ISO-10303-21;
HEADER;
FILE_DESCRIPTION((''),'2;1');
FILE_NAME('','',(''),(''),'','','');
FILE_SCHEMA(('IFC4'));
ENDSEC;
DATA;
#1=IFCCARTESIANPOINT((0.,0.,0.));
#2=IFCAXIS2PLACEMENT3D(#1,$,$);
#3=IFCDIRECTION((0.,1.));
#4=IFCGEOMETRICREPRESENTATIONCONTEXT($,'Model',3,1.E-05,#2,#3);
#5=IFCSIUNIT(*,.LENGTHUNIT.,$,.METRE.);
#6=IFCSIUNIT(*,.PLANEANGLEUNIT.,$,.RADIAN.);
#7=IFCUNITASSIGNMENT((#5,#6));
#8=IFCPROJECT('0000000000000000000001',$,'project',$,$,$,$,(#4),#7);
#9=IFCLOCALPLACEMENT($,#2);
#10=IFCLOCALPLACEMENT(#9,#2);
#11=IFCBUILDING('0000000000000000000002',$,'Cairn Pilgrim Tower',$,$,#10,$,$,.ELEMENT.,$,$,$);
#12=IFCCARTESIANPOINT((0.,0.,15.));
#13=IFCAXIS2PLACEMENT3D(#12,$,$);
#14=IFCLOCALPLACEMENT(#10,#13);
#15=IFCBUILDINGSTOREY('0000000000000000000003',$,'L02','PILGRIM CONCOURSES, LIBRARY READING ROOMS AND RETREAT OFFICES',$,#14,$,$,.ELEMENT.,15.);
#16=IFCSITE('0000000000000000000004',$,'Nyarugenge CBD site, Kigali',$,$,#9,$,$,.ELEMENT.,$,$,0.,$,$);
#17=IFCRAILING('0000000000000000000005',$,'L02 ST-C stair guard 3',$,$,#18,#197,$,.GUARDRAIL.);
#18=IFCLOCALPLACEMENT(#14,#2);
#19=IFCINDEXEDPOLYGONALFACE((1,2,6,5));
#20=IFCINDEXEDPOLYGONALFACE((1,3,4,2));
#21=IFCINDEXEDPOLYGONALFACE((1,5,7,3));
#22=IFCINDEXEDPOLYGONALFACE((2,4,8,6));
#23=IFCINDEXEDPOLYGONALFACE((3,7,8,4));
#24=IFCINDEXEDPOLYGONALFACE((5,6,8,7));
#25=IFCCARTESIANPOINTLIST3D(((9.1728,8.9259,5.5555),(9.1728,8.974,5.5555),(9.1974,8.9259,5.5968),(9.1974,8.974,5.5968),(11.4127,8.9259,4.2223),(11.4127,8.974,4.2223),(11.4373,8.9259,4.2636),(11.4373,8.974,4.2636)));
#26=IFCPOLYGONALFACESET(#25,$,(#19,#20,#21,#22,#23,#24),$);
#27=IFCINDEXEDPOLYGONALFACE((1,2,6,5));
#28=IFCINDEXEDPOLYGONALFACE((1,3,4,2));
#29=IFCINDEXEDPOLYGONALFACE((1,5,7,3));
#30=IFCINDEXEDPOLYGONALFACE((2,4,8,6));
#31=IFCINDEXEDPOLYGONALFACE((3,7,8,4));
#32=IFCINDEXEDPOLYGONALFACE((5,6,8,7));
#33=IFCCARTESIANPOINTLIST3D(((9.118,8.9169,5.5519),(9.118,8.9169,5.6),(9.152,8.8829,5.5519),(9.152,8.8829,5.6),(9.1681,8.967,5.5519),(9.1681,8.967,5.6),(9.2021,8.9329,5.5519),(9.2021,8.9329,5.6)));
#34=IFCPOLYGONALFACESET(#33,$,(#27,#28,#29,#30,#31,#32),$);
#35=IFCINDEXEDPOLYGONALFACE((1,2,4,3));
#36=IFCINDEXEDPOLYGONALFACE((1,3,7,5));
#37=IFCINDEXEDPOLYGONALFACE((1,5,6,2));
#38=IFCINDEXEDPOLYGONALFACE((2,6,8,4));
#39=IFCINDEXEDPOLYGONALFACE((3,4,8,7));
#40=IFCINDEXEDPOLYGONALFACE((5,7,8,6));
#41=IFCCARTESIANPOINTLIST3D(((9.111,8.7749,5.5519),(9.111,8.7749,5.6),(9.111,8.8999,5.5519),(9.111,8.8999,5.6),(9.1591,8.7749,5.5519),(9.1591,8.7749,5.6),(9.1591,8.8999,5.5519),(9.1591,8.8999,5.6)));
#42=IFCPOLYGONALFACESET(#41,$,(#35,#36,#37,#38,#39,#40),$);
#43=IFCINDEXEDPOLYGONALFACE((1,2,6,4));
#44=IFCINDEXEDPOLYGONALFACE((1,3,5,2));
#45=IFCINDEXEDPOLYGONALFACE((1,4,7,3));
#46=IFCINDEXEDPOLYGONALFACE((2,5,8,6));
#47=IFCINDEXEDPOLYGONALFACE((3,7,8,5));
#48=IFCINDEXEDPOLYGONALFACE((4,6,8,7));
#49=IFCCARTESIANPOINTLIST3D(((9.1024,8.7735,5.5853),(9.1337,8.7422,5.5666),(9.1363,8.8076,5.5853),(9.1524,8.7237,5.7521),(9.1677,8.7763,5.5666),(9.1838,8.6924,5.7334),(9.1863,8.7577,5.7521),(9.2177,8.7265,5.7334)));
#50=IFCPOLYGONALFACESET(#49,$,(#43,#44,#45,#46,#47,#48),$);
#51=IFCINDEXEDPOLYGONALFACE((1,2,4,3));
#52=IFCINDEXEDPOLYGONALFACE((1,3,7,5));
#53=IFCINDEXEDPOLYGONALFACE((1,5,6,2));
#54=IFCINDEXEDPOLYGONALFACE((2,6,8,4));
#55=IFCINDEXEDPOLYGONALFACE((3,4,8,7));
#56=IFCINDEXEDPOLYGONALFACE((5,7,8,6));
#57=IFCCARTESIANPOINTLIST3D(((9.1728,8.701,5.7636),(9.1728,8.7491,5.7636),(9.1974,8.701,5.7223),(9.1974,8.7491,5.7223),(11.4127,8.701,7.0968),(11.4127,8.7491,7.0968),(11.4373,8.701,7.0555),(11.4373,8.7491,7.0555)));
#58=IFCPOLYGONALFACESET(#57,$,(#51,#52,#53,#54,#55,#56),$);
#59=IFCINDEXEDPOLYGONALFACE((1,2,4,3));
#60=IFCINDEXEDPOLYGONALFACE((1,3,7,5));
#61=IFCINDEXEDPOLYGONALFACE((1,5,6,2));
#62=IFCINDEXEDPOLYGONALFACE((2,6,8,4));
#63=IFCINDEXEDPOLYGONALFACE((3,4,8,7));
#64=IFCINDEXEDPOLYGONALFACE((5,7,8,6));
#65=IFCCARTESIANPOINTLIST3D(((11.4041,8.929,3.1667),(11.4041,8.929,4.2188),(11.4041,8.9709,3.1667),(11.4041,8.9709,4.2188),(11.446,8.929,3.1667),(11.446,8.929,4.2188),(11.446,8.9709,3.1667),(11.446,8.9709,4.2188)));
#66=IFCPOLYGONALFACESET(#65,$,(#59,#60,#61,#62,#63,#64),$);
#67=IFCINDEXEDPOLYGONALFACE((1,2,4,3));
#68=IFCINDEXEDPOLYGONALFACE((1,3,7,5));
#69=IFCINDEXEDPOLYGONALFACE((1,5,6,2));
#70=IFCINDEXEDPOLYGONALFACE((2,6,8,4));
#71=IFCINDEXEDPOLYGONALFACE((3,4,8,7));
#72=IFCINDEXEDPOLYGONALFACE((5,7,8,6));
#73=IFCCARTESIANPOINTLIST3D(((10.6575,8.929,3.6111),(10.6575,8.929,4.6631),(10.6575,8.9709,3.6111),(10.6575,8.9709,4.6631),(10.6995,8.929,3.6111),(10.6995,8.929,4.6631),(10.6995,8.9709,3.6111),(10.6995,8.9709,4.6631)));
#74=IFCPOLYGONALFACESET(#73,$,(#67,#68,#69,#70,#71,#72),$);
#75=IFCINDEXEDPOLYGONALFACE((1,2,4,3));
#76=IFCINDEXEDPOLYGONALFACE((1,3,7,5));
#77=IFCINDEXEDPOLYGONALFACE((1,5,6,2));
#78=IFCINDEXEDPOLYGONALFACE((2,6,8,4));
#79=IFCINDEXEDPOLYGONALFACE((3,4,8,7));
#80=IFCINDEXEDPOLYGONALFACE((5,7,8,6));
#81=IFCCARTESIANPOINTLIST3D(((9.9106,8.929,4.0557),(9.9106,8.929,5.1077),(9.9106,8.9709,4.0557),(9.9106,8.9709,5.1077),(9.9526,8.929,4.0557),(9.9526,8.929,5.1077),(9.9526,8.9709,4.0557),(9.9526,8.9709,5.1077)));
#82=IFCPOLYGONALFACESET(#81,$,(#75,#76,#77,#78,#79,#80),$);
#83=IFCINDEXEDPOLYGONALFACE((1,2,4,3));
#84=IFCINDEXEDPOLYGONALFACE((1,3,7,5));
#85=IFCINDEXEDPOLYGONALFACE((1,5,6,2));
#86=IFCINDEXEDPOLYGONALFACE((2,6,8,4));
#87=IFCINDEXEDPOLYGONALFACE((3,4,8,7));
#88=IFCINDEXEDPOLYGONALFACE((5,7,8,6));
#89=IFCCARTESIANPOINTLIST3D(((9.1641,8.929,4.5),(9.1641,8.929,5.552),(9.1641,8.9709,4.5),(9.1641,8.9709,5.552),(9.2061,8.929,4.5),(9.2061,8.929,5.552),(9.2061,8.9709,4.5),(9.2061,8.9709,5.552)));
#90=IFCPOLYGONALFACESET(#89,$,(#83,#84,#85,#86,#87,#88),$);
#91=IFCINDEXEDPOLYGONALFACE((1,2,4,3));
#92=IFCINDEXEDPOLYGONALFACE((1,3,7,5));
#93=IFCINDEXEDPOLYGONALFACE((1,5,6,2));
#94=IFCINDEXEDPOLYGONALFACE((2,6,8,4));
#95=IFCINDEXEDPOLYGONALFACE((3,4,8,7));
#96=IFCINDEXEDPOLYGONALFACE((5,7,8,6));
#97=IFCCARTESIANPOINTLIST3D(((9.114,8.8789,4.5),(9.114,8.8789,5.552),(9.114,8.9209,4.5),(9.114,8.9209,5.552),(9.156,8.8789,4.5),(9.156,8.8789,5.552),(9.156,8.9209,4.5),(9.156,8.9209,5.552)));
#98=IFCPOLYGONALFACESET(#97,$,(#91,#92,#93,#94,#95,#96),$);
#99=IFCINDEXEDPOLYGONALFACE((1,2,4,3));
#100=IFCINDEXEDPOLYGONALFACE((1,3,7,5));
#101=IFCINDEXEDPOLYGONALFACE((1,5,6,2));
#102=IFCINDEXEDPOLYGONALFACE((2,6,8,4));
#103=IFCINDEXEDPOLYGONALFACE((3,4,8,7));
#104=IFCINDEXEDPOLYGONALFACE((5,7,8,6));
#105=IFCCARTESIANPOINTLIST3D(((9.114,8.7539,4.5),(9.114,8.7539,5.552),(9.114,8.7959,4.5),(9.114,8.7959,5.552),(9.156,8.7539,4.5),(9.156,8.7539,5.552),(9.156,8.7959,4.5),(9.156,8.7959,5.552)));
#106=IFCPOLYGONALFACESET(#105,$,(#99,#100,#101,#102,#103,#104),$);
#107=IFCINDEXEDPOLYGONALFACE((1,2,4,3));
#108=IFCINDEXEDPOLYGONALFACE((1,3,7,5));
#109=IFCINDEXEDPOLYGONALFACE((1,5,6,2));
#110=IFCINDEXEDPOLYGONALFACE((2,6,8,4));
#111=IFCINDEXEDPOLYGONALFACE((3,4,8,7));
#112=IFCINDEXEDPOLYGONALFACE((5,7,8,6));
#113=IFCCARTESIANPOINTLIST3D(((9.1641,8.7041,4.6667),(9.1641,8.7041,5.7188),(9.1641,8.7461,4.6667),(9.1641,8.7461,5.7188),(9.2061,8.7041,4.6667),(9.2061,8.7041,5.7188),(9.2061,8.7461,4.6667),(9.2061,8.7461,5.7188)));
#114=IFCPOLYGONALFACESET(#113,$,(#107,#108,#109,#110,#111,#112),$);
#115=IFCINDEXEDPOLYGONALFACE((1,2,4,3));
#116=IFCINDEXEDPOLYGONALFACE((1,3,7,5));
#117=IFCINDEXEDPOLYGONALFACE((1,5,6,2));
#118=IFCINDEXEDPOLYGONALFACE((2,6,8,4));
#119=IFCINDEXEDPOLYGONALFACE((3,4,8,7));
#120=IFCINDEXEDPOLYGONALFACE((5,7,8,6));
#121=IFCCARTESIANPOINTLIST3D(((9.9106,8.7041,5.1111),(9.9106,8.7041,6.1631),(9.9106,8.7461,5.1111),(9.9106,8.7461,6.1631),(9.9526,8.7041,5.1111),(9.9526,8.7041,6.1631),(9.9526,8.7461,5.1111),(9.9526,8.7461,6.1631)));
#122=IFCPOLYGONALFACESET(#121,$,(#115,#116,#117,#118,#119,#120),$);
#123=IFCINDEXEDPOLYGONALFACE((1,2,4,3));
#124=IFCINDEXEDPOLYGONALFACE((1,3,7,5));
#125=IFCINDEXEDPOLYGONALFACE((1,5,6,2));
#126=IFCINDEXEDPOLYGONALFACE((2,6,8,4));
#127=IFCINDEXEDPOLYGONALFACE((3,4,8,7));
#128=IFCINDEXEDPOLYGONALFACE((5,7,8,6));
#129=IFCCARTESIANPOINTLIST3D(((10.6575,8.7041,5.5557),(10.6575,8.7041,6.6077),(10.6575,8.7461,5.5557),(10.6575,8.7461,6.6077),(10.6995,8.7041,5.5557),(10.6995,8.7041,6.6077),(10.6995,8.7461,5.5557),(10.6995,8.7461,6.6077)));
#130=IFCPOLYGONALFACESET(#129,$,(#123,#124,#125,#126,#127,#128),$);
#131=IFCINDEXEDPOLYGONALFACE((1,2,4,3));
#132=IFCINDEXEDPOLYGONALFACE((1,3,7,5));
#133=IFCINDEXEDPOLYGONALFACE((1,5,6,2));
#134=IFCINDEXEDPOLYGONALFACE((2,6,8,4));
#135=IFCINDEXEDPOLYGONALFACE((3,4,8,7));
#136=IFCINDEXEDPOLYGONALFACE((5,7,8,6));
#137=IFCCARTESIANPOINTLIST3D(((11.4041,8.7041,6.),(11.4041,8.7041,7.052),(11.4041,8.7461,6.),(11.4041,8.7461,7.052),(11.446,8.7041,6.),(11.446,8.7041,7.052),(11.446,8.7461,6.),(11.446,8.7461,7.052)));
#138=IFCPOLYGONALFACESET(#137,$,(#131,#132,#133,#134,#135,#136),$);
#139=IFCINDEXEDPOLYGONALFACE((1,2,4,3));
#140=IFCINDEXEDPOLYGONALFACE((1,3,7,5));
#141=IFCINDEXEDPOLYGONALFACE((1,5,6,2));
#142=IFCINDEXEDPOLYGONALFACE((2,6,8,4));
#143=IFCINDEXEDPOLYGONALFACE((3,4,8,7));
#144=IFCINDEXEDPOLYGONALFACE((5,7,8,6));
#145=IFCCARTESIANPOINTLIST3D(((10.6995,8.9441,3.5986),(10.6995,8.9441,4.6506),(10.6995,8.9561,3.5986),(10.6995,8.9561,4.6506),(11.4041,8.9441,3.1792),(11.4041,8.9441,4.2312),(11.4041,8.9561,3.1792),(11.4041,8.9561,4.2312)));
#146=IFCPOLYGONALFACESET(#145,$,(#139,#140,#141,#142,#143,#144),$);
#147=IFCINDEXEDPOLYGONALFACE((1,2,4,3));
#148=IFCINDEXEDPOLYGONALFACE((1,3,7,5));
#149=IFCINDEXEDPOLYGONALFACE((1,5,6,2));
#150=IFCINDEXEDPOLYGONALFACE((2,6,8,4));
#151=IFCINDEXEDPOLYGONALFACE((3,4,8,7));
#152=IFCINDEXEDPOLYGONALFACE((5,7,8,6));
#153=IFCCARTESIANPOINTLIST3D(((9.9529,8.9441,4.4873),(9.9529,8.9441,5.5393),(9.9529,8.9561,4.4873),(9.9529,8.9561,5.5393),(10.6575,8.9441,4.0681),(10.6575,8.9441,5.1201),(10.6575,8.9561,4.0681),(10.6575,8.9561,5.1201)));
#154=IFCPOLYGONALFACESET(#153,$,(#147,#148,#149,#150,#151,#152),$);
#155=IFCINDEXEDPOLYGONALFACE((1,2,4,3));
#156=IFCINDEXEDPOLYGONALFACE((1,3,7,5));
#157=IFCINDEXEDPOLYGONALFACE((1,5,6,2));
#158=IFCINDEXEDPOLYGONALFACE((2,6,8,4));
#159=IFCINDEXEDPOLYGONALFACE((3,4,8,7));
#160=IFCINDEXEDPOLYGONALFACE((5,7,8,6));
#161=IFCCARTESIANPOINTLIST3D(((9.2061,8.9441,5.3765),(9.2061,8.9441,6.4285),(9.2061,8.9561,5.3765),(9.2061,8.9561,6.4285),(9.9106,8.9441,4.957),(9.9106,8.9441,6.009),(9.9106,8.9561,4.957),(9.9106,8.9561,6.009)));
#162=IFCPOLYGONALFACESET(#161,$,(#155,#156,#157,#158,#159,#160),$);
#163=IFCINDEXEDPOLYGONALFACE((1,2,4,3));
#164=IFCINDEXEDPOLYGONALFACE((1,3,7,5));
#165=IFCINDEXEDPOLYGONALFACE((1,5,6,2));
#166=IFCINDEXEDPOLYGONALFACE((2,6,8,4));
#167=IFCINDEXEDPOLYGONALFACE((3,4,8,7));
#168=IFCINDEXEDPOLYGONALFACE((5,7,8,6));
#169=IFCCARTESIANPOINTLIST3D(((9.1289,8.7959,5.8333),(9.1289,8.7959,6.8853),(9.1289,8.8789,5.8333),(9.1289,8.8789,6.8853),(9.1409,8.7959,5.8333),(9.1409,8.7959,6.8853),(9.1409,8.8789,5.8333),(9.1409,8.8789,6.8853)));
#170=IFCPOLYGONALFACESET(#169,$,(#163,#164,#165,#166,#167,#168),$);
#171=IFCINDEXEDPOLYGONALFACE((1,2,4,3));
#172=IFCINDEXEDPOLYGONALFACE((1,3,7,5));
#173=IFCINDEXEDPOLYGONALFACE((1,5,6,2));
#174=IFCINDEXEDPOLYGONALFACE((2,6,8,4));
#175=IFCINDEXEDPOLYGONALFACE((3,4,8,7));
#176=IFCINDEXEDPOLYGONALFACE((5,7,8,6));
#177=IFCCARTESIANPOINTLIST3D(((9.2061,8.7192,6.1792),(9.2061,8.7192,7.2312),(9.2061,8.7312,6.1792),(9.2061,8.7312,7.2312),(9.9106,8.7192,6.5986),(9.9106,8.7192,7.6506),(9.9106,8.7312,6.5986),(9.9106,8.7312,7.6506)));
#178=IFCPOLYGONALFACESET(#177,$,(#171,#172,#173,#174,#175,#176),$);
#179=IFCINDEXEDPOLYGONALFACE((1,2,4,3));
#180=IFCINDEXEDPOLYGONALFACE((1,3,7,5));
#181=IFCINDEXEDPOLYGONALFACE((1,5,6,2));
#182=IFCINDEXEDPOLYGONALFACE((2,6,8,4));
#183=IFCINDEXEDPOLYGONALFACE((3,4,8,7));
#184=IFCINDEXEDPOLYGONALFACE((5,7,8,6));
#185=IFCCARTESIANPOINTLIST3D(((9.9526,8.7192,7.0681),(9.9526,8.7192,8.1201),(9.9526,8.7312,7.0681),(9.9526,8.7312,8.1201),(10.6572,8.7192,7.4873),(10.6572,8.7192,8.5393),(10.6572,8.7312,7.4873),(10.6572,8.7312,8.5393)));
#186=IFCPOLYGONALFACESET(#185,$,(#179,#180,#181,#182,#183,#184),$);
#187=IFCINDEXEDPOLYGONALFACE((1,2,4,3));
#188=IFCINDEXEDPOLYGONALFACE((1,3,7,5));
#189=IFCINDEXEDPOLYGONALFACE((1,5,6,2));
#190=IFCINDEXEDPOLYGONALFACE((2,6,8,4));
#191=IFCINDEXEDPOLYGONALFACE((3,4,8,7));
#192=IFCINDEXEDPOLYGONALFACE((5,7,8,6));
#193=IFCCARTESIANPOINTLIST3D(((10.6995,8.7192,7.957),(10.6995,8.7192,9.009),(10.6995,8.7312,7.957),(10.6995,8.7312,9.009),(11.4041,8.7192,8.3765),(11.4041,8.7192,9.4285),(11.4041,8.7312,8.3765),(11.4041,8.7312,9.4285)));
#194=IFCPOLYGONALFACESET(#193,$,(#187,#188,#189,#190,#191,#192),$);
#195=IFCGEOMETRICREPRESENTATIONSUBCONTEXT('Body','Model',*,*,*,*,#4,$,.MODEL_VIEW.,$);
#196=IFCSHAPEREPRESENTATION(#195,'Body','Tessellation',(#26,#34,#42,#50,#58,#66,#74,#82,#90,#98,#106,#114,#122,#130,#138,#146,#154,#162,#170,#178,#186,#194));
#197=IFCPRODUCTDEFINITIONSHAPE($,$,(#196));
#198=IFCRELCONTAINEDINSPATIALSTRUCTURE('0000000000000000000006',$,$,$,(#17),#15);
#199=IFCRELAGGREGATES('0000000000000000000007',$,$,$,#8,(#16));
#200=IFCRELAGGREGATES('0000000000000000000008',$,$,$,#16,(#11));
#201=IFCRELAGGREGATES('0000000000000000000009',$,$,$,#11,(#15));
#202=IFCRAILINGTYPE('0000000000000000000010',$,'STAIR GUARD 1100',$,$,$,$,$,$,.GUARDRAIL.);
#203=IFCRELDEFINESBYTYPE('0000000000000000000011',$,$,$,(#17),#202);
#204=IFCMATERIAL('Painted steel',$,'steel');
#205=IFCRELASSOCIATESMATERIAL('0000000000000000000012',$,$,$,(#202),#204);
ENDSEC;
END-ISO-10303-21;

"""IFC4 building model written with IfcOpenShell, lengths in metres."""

from ifc_helpers import new_model, si_unit, direction, frame, origin, origin_2d, place, context, subcontext, project, spatial, polyline, rectangle, outline, extrude, material, type_object, element, save


model = new_model("IFC4")

# Units and contexts
model_context = context("Model", 3, precision=1e-05, world=origin(), true_north=direction((0.0, 1.0)))
body_context = subcontext(model_context, "Body", "Model", "MODEL_VIEW")
ifc_project = project(units=[si_unit("LENGTHUNIT", "METRE"), si_unit("PLANEANGLEUNIT", "RADIAN")], contexts=[model_context])

# Site, building, storey
site_placement = place(None, origin())
site = spatial("IfcSite", under=ifc_project, at=site_placement, Name="Nyarugenge CBD site, Kigali", CompositionType="ELEMENT", RefElevation=0.0)
building_placement = place(site_placement, origin())
building = spatial("IfcBuilding", under=site, at=building_placement, Name="Cairn Pilgrim Tower", CompositionType="ELEMENT")
storey_placement = place(building_placement, frame((0.0, 0.0, 15.0)))
storey = spatial("IfcBuildingStorey", under=building, at=storey_placement, Name="L02", Description="PILGRIM CONCOURSES, LIBRARY READING ROOMS AND RETREAT OFFICES", CompositionType="ELEMENT", Elevation=15.0)

# Shared definitions
ifc_material_1 = material(Name="Painted steel", Category="steel")

# Railing
railing_type_1 = type_object("IfcRailingType", Name="STAIR GUARD 1100", PredefinedType="GUARDRAIL", material=ifc_material_1)
railing_1_placement = place(storey_placement, frame((11.425, 8.95, 3.1667)))
element("IfcRailing", 1, at=railing_1_placement, inside=storey, type_object=railing_type_1, Name="L02 ST-C stair guard 3", PredefinedType="GUARDRAIL", context=body_context, shape_type="SweptSolid", body=[
    extrude(rectangle(XDim=0.0481, YDim=0.0481, at=origin_2d()), frame((0.0, 0.0, 1.0762), z_axis=(-0.859306, 0.0, 0.511462), x_axis=(0.0, -1.0, 0.0)), (0.0, 0.0, 1.0), 2.6067),
    extrude(rectangle(XDim=0.0481, YDim=0.0481, at=origin_2d()), frame((-2.24, 0.0, 2.4092), z_axis=(-0.707107, -0.707107, 0.0), x_axis=(0.707107, -0.707107, 0.0)), (0.0, 0.0, 1.0), 0.0708),
    extrude(rectangle(XDim=0.0481, YDim=0.0481, at=origin_2d()), frame((-2.29, -0.05, 2.4092), z_axis=(0.0, -1.0, 0.0), x_axis=(1.0, 0.0, 0.0)), (0.0, 0.0, 1.0), 0.125),
    extrude(rectangle(XDim=0.0481, YDim=0.0481, at=origin_2d()), frame((-2.29, -0.175, 2.4092), z_axis=(0.276389, -0.275041, 0.920848), x_axis=(0.705376, 0.708834, 0.0)), (0.0, 0.0, 1.0), 0.1812),
    extrude(rectangle(XDim=0.0481, YDim=0.0481, at=origin_2d()), frame((-2.24, -0.2249, 2.5762), z_axis=(0.859306, 0.0, 0.511462), x_axis=(0.0, 1.0, 0.0)), (0.0, 0.0, 1.0), 2.6067),
    extrude(rectangle(XDim=0.042, YDim=0.042, at=origin_2d()), origin(), (0.0, 0.0, 1.0), 1.052),
    extrude(rectangle(XDim=0.042, YDim=0.042, at=origin_2d()), frame((-0.7466, 0.0, 0.4443)), (0.0, 0.0, 1.0), 1.052),
    extrude(rectangle(XDim=0.042, YDim=0.042, at=origin_2d()), frame((-1.4934, 0.0, 0.8889)), (0.0, 0.0, 1.0), 1.052),
    extrude(rectangle(XDim=0.042, YDim=0.042, at=origin_2d()), frame((-2.24, 0.0, 1.3333)), (0.0, 0.0, 1.0), 1.052),
    extrude(rectangle(XDim=0.042, YDim=0.042, at=origin_2d()), frame((-2.29, -0.05, 1.3333)), (0.0, 0.0, 1.0), 1.052),
    extrude(rectangle(XDim=0.042, YDim=0.042, at=origin_2d()), frame((-2.29, -0.175, 1.3333)), (0.0, 0.0, 1.0), 1.052),
    extrude(rectangle(XDim=0.042, YDim=0.042, at=origin_2d()), frame((-2.24, -0.2249, 1.5)), (0.0, 0.0, 1.0), 1.052),
    extrude(rectangle(XDim=0.042, YDim=0.042, at=origin_2d()), frame((-1.4934, -0.2249, 1.9443)), (0.0, 0.0, 1.0), 1.052),
    extrude(rectangle(XDim=0.042, YDim=0.042, at=origin_2d()), frame((-0.7466, -0.2249, 2.3889)), (0.0, 0.0, 1.0), 1.052),
    extrude(rectangle(XDim=0.042, YDim=0.042, at=origin_2d()), frame((0.0, -0.2249, 2.8333)), (0.0, 0.0, 1.0), 1.052),
    extrude(outline(polyline([(0.021, 0.0125), (0.7256, 0.4319), (0.7256, 1.4839), (0.021, 1.0645), (0.021, 0.0125)])), frame((0.0, -0.0059, 0.0), z_axis=(0.0, 1.0, 0.0), x_axis=(-1.0, 0.0, 0.0)), (0.0, 0.0, 1.0), 0.012),
    extrude(outline(polyline([(0.021, 0.457), (0.7256, 0.8762), (0.7256, 1.9282), (0.021, 1.509), (0.021, 0.457)])), frame((-0.7466, -0.0059, 0.4443), z_axis=(0.0, 1.0, 0.0), x_axis=(-1.0, 0.0, 0.0)), (0.0, 0.0, 1.0), 0.012),
    extrude(outline(polyline([(0.021, 0.9014), (0.7256, 1.3208), (0.7256, 2.3728), (0.021, 1.9534), (0.021, 0.9014)])), frame((-1.4934, -0.0059, 0.8889), z_axis=(0.0, 1.0, 0.0), x_axis=(-1.0, 0.0, 0.0)), (0.0, 0.0, 1.0), 0.012),
    extrude(outline(polyline([(0.021, 1.3333), (0.104, 1.3333), (0.104, 2.3853), (0.021, 2.3853), (0.021, 1.3333)])), frame((-2.2842, -0.05, 1.3333), z_axis=(-1.0, 0.0, 0.0), x_axis=(0.0, -1.0, 0.0)), (0.0, 0.0, 1.0), 0.012),
    extrude(outline(polyline([(0.021, 1.5125), (0.7256, 1.9319), (0.7256, 2.9839), (0.021, 2.5645), (0.021, 1.5125)])), frame((-2.24, -0.2188, 1.5), z_axis=(0.0, -1.0, 0.0), x_axis=(1.0, 0.0, 0.0)), (0.0, 0.0, 1.0), 0.012),
    extrude(outline(polyline([(0.021, 1.957), (0.7256, 2.3762), (0.7256, 3.4282), (0.021, 3.009), (0.021, 1.957)])), frame((-1.4934, -0.2188, 1.9443), z_axis=(0.0, -1.0, 0.0), x_axis=(1.0, 0.0, 0.0)), (0.0, 0.0, 1.0), 0.012),
    extrude(outline(polyline([(0.021, 2.4014), (0.7256, 2.8208), (0.7256, 3.8728), (0.021, 3.4534), (0.021, 2.4014)])), frame((-0.7466, -0.2188, 2.3889), z_axis=(0.0, -1.0, 0.0), x_axis=(1.0, 0.0, 0.0)), (0.0, 0.0, 1.0), 0.012),
])

save(model, "model.ifc")
